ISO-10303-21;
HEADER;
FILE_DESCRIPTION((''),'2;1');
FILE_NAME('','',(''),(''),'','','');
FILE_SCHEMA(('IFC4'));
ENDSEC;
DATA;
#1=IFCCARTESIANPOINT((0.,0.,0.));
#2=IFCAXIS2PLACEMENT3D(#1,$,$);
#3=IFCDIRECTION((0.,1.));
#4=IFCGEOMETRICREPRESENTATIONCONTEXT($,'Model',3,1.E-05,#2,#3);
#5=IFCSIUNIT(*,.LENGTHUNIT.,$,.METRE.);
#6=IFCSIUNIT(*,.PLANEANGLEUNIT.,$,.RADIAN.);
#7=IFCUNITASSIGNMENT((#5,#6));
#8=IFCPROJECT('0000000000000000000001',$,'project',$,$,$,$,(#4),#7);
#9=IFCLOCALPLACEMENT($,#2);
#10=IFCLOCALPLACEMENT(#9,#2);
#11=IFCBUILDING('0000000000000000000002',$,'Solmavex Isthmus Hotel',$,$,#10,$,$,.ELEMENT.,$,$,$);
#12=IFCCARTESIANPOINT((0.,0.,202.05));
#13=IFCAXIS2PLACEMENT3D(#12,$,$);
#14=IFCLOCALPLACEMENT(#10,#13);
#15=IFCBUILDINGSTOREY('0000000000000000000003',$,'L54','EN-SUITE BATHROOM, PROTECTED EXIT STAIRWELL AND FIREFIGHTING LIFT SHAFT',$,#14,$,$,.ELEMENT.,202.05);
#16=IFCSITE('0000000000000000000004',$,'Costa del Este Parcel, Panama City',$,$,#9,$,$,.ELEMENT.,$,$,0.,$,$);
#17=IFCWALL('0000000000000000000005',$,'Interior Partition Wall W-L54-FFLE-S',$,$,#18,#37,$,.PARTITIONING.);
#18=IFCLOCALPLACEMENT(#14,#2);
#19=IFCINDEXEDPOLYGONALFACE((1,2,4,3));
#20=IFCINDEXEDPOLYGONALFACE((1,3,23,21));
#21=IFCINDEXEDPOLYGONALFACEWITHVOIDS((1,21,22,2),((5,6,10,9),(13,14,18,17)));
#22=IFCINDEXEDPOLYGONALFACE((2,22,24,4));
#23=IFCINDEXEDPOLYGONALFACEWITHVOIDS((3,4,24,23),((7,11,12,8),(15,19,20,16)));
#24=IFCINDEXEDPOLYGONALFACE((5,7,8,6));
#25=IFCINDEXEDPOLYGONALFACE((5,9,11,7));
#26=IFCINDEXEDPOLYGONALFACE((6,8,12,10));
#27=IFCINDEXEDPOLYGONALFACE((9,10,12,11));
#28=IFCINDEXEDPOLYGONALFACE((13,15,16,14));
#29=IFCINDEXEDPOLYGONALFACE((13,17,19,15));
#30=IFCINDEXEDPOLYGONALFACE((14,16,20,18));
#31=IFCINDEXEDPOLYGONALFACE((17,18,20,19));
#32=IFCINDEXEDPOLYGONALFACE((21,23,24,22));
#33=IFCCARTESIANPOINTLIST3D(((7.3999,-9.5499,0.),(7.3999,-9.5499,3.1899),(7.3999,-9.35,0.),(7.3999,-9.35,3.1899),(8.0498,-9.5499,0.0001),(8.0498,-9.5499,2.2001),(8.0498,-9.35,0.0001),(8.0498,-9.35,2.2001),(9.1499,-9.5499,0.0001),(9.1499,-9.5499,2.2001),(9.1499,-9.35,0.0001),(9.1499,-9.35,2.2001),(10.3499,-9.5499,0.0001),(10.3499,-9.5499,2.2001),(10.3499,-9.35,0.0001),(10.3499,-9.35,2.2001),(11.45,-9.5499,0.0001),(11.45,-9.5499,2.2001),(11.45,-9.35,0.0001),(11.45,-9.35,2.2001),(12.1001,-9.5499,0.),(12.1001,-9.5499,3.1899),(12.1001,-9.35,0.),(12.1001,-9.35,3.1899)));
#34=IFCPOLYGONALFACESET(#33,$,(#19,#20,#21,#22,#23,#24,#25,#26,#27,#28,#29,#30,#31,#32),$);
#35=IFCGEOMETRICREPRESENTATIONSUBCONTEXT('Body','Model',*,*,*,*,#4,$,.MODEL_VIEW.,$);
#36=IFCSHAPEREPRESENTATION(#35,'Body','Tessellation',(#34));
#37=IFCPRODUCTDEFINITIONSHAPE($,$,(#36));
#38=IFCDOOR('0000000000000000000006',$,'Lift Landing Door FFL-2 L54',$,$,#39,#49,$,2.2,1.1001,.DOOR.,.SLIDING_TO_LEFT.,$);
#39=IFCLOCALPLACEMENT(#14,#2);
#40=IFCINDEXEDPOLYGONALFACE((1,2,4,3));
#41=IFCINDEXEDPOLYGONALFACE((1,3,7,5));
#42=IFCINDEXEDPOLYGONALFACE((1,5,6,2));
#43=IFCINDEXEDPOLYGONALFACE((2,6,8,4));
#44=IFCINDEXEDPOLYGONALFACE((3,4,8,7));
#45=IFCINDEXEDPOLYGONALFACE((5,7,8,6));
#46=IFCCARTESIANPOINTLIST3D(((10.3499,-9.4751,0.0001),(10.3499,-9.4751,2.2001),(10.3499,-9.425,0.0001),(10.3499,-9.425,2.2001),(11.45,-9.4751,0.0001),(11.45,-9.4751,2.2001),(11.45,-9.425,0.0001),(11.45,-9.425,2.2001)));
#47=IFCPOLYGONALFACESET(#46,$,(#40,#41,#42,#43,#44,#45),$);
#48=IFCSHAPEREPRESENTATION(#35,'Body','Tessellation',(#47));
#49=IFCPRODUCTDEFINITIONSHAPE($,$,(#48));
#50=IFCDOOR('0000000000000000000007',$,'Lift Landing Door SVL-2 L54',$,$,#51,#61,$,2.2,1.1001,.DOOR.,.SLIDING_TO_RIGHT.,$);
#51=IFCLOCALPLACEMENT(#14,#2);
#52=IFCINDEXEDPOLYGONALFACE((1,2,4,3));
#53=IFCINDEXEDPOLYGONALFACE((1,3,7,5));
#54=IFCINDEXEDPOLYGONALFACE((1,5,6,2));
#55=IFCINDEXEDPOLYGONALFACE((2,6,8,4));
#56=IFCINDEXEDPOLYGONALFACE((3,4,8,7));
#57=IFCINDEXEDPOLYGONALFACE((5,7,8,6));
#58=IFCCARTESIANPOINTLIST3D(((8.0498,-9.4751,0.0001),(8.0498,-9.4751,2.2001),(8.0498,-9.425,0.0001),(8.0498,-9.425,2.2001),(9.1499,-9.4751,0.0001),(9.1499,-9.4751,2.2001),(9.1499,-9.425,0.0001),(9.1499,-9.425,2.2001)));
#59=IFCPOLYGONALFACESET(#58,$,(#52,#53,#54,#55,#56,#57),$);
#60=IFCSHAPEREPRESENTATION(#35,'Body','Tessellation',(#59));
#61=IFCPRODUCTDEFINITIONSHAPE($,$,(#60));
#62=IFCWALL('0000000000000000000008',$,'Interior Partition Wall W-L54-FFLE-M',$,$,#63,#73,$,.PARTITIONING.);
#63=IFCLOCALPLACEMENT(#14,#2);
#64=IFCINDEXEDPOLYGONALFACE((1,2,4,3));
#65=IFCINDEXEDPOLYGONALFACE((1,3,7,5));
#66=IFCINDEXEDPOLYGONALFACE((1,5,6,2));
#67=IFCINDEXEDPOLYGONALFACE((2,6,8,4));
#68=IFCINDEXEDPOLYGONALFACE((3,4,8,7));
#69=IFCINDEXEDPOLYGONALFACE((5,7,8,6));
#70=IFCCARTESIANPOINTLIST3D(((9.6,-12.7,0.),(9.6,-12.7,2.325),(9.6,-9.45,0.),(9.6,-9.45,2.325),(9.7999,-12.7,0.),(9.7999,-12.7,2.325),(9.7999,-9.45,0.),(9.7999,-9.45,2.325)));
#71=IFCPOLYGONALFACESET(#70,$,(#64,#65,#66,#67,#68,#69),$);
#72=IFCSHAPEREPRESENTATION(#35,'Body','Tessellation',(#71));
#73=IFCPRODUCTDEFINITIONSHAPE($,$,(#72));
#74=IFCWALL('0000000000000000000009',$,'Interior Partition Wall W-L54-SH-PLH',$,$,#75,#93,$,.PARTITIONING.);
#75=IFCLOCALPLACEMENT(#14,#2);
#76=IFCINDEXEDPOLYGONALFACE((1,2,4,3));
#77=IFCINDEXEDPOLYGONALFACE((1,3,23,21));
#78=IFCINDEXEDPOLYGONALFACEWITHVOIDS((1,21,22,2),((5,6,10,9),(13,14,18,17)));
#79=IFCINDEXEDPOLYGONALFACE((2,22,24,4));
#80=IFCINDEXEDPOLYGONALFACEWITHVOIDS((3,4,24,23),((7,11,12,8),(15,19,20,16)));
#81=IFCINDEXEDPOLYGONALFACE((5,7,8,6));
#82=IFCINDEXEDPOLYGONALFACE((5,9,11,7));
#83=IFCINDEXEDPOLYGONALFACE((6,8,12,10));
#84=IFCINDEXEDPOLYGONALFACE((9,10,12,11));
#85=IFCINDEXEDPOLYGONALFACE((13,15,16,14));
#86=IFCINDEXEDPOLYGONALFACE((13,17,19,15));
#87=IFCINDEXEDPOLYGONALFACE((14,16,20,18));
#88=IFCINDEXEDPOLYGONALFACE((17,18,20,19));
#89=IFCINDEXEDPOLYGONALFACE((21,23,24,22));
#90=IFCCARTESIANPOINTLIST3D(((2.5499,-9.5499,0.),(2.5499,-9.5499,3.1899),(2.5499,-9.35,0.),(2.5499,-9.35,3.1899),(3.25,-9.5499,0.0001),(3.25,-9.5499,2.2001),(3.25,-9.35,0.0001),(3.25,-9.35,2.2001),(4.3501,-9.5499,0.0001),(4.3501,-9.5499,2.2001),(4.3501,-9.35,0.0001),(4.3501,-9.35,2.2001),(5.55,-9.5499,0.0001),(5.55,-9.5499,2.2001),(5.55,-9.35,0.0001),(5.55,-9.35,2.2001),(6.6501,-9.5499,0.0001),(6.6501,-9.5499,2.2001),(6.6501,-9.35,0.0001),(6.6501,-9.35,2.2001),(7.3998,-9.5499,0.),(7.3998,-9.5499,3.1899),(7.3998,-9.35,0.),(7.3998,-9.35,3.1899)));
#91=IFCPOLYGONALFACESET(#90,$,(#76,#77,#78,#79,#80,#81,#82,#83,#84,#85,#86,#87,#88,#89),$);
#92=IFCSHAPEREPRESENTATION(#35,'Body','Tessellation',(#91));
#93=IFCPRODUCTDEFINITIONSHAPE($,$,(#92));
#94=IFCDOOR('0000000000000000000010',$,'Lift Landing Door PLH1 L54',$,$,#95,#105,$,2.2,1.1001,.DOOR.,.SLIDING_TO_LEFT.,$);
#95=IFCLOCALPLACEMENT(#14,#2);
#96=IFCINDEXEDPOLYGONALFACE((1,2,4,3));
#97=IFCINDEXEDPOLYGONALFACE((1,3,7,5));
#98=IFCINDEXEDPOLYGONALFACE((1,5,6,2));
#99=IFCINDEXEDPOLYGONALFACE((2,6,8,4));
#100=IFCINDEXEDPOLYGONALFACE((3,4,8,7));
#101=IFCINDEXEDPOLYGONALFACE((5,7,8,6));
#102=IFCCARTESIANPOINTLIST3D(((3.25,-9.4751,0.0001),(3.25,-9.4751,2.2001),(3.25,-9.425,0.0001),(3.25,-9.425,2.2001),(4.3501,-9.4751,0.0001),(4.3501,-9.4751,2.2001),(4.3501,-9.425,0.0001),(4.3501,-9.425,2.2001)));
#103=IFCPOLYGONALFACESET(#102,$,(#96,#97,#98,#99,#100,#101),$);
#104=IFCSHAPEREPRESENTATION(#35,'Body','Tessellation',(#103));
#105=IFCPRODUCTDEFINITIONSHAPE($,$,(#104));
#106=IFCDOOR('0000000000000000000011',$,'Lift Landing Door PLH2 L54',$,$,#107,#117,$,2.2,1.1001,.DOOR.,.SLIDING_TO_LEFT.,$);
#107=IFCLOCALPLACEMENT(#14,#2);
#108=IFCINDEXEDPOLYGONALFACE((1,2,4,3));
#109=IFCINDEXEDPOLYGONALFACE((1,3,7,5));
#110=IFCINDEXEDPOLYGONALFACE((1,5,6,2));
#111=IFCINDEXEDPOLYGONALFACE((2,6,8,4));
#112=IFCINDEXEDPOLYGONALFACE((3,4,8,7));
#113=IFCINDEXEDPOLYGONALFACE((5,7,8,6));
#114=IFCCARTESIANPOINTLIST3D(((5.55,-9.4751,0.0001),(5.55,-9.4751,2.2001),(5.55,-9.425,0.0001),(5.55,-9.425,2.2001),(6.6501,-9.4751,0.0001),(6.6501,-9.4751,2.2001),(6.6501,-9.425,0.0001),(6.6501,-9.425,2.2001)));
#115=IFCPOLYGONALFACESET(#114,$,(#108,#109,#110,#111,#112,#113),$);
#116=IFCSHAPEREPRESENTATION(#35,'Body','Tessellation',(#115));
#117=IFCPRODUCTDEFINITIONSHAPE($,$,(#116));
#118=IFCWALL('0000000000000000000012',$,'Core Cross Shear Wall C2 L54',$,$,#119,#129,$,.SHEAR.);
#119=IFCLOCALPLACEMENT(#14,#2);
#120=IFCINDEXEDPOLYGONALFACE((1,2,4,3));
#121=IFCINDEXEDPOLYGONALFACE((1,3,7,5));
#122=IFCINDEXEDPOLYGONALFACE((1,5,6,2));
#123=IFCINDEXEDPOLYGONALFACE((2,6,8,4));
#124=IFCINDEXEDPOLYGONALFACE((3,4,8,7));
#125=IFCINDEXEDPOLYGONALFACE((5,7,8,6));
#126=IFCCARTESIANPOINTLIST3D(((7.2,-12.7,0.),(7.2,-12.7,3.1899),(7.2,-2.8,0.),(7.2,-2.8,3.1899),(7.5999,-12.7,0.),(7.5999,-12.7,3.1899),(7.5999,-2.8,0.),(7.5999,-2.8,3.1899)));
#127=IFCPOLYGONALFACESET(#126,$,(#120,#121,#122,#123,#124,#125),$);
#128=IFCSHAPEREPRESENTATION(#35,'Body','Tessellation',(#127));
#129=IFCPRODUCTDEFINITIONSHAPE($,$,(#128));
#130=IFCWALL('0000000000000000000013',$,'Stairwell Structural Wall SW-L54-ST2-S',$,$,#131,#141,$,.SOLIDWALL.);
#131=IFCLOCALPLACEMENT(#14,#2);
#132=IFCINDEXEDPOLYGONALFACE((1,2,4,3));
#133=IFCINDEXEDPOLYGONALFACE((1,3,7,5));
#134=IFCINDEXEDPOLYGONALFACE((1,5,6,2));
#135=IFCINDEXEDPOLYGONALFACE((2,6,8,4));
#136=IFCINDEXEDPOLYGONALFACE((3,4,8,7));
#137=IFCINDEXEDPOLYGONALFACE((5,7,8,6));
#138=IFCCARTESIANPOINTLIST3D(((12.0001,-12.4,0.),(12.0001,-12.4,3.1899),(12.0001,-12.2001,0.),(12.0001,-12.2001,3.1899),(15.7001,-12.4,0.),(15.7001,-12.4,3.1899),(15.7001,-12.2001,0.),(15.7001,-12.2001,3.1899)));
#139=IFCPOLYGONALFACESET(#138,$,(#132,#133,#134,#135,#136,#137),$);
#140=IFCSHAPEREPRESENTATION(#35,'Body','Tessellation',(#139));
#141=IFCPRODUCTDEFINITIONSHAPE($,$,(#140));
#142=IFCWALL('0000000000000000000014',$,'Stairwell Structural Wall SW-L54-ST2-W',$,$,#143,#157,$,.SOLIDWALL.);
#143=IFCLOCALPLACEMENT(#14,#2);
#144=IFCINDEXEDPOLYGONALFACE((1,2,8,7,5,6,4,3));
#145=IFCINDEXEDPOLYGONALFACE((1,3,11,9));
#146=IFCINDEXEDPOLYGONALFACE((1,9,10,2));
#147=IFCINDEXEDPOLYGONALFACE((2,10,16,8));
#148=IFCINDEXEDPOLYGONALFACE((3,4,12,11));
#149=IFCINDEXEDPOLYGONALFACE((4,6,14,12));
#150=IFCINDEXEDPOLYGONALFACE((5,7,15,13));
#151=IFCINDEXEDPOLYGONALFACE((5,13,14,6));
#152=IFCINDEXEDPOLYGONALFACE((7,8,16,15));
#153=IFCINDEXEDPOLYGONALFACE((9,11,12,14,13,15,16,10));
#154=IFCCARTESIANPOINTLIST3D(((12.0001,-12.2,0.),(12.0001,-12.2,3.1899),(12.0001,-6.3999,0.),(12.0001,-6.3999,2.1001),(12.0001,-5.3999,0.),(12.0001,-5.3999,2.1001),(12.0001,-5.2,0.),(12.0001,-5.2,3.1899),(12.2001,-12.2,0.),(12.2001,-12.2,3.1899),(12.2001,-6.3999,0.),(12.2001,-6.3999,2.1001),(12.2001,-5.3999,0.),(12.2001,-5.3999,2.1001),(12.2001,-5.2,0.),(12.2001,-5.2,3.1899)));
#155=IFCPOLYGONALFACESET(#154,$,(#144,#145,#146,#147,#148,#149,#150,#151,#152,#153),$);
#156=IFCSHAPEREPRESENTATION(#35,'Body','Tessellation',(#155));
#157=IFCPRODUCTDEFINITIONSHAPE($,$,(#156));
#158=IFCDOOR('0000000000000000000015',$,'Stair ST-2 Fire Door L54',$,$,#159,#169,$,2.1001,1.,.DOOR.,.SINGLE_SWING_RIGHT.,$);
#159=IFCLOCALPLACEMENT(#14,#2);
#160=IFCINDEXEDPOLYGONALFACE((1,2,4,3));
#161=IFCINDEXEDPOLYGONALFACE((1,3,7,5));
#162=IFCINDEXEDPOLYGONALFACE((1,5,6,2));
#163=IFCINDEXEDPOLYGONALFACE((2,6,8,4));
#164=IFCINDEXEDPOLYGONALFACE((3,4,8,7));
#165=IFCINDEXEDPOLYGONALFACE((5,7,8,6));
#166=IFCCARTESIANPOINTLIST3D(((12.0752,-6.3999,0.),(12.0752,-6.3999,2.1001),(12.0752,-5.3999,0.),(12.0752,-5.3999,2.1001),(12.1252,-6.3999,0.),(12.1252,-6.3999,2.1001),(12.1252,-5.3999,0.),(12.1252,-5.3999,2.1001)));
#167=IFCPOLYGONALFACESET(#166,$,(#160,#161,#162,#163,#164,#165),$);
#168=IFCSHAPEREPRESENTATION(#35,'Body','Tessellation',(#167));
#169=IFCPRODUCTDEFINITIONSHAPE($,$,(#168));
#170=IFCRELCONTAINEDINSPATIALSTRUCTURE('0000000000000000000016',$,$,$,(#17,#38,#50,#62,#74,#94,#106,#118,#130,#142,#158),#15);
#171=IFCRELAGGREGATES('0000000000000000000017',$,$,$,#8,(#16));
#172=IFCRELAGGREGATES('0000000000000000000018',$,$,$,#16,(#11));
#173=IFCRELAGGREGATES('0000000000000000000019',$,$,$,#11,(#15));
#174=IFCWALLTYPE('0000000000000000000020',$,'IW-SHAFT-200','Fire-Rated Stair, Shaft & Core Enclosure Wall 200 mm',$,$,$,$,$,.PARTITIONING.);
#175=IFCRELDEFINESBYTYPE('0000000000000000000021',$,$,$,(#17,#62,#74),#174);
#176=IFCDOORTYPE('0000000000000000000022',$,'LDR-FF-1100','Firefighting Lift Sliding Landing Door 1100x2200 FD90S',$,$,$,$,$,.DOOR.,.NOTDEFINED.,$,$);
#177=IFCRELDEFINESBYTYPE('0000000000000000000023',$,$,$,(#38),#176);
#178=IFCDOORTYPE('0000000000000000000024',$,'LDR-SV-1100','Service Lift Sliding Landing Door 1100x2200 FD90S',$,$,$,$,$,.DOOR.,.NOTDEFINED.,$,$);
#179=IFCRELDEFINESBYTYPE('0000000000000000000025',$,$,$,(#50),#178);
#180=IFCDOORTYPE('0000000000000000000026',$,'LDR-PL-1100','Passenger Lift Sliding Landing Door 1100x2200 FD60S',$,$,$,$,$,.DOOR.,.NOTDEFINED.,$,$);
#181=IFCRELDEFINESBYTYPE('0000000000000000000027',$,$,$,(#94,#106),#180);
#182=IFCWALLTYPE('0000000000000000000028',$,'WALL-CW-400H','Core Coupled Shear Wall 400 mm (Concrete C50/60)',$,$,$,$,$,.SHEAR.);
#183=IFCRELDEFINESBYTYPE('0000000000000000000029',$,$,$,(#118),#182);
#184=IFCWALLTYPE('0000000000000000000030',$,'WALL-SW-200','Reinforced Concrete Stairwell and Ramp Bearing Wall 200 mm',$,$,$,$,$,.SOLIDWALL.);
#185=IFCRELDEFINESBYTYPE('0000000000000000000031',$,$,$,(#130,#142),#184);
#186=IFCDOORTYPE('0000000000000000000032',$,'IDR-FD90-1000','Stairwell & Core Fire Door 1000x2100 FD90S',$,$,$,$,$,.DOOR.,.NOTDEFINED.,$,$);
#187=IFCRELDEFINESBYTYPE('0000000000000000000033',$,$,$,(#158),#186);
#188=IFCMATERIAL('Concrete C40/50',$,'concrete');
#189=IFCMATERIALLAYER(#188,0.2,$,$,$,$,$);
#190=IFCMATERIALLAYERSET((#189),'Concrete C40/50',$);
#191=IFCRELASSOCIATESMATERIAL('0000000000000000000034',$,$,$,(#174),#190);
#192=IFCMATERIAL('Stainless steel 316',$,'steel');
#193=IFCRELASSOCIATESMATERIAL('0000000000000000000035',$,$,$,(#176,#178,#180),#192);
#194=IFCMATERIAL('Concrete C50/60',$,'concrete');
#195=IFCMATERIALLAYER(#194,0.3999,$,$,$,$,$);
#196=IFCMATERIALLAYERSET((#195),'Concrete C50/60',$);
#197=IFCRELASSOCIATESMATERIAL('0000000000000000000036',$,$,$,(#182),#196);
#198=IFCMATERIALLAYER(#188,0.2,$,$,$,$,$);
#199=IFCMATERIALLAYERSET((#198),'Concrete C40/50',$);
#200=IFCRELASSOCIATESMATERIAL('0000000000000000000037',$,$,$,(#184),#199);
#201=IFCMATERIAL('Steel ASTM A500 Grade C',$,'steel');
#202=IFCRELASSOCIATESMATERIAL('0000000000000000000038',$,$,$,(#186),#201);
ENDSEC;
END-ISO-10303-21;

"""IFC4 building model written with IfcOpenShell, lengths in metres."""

from ifc_helpers import new_model, si_unit, direction, frame, frame_2d, origin, place, context, subcontext, project, spatial, rectangle, extrude, material, layer, layer_set, type_object, element, fill, save


model = new_model("IFC4")

# Units and contexts
model_context = context("Model", 3, precision=1e-05, world=origin(), true_north=direction((0.0, 1.0)))
body_context = subcontext(model_context, "Body", "Model", "MODEL_VIEW")
ifc_project = project(units=[si_unit("LENGTHUNIT", "METRE"), si_unit("PLANEANGLEUNIT", "RADIAN")], contexts=[model_context])

# Site, building, storey
site_placement = place(None, origin())
site = spatial("IfcSite", under=ifc_project, at=site_placement, Name="Costa del Este Parcel, Panama City", CompositionType="ELEMENT", RefElevation=0.0)
building_placement = place(site_placement, origin())
building = spatial("IfcBuilding", under=site, at=building_placement, Name="Solmavex Isthmus Hotel", CompositionType="ELEMENT")
storey_placement = place(building_placement, frame((0.0, 0.0, 202.05)))
storey = spatial("IfcBuildingStorey", under=building, at=storey_placement, Name="L54", Description="EN-SUITE BATHROOM, PROTECTED EXIT STAIRWELL AND FIREFIGHTING LIFT SHAFT", CompositionType="ELEMENT", Elevation=202.05)

# Shared definitions
ifc_material_1 = material(Name="Concrete C50/60", Category="concrete")

# Shared definitions
ifc_material_2 = material(Name="Steel ASTM A500 Grade C", Category="steel")

# Shared definitions
ifc_material_3 = material(Name="Concrete C40/50", Category="concrete")

# Wall, openings, doors
ifc_layer_1 = layer(ifc_material_3, 0.2)
ifc_layer_set_1 = layer_set([ifc_layer_1], Name="Concrete C40/50")
wall_type_1 = type_object("IfcWallType", Name="IW-SHAFT-200", Description="Fire-Rated Stair, Shaft & Core Enclosure Wall 200 mm", PredefinedType="PARTITIONING", material=ifc_layer_set_1)
wall_1_placement = place(storey_placement, frame((7.3999, -9.45, 0.0), z_axis=(0.0, 0.0, 1.0), x_axis=(1.0, 0.0, 0.0)))
wall_1 = element("IfcWall", 1, at=wall_1_placement, inside=storey, type_object=wall_type_1, Name="Interior Partition Wall W-L54-FFLE-S", PredefinedType="PARTITIONING", context=body_context, shape_type="SweptSolid", body=[
    extrude(rectangle(XDim=4.7002, YDim=0.2, at=frame_2d((2.3501, 0.0))), origin(), (0.0, 0.0, 1.0), 3.1899),
])
opening_1_placement = place(wall_1_placement, frame((2.95, 0.0, 0.0)))
opening_1 = element("IfcOpeningElement", 2, at=opening_1_placement, cuts=wall_1, PredefinedType="OPENING", context=body_context, shape_type="SweptSolid", body=[
    extrude(rectangle(XDim=1.1001, YDim=2.2, at=frame_2d((0.55, 1.1001))), frame((0.0, 0.1099, 0.0), z_axis=(0.0, -1.0, 0.0), x_axis=(1.0, 0.0, 0.0)), (0.0, 0.0, 1.0), 0.22),
])
opening_2_placement = place(wall_1_placement, frame((0.6499, 0.0, 0.0)))
opening_2 = element("IfcOpeningElement", 3, at=opening_2_placement, cuts=wall_1, PredefinedType="OPENING", context=body_context, shape_type="SweptSolid", body=[
    extrude(rectangle(XDim=1.1001, YDim=2.2, at=frame_2d((0.55, 1.1001))), frame((0.0, 0.1099, 0.0), z_axis=(0.0, -1.0, 0.0), x_axis=(1.0, 0.0, 0.0)), (0.0, 0.0, 1.0), 0.22),
])
ifc_material_4 = material(Name="Stainless steel 316", Category="steel")
door_type_1 = type_object("IfcDoorType", Name="LDR-FF-1100", Description="Firefighting Lift Sliding Landing Door 1100x2200 FD90S", OperationType="NOTDEFINED", PredefinedType="DOOR", material=ifc_material_4)
door_1_placement = place(opening_1_placement, origin())
door_1 = element("IfcDoor", 4, at=door_1_placement, inside=storey, type_object=door_type_1, Name="Lift Landing Door FFL-2 L54", OperationType="SLIDING_TO_LEFT", OverallHeight=2.2, OverallWidth=1.1001, PredefinedType="DOOR", context=body_context, shape_type="SweptSolid", body=[
    extrude(rectangle(XDim=1.1001, YDim=2.2, at=frame_2d((0.55, 1.1001))), frame((0.0, 0.0249, 0.0), z_axis=(0.0, -1.0, 0.0), x_axis=(1.0, 0.0, 0.0)), (0.0, 0.0, 1.0), 0.05),
])
fill(opening_1, door_1)
door_type_2 = type_object("IfcDoorType", Name="LDR-SV-1100", Description="Service Lift Sliding Landing Door 1100x2200 FD90S", OperationType="NOTDEFINED", PredefinedType="DOOR", material=ifc_material_4)
door_2_placement = place(opening_2_placement, origin())
door_2 = element("IfcDoor", 5, at=door_2_placement, inside=storey, type_object=door_type_2, Name="Lift Landing Door SVL-2 L54", OperationType="SLIDING_TO_RIGHT", OverallHeight=2.2, OverallWidth=1.1001, PredefinedType="DOOR", context=body_context, shape_type="SweptSolid", body=[
    extrude(rectangle(XDim=1.1001, YDim=2.2, at=frame_2d((0.55, 1.1001))), frame((0.0, 0.0249, 0.0), z_axis=(0.0, -1.0, 0.0), x_axis=(1.0, 0.0, 0.0)), (0.0, 0.0, 1.0), 0.05),
])
fill(opening_2, door_2)

# Wall
wall_2_placement = place(storey_placement, frame((9.7, -12.7, 0.0), z_axis=(0.0, 0.0, 1.0), x_axis=(0.0, 1.0, 0.0)))
element("IfcWall", 6, at=wall_2_placement, inside=storey, type_object=wall_type_1, Name="Interior Partition Wall W-L54-FFLE-M", PredefinedType="PARTITIONING", context=body_context, shape_type="SweptSolid", body=[
    extrude(rectangle(XDim=3.25, YDim=0.2, at=frame_2d((1.625, 0.0))), origin(), (0.0, 0.0, 1.0), 2.325),
])

# Wall, openings, doors
wall_3_placement = place(storey_placement, frame((2.55, -9.45, 0.0), z_axis=(0.0, 0.0, 1.0), x_axis=(1.0, 0.0, 0.0)))
wall_3 = element("IfcWall", 7, at=wall_3_placement, inside=storey, type_object=wall_type_1, Name="Interior Partition Wall W-L54-SH-PLH", PredefinedType="PARTITIONING", context=body_context, shape_type="SweptSolid", body=[
    extrude(rectangle(XDim=4.8499, YDim=0.2, at=frame_2d((2.4248, 0.0))), origin(), (0.0, 0.0, 1.0), 3.1899),
])
opening_3_placement = place(wall_3_placement, frame((0.7, 0.0, 0.0)))
opening_3 = element("IfcOpeningElement", 8, at=opening_3_placement, cuts=wall_3, PredefinedType="OPENING", context=body_context, shape_type="SweptSolid", body=[
    extrude(rectangle(XDim=1.1001, YDim=2.2, at=frame_2d((0.55, 1.1001))), frame((0.0, 0.1099, 0.0), z_axis=(0.0, -1.0, 0.0), x_axis=(1.0, 0.0, 0.0)), (0.0, 0.0, 1.0), 0.22),
])
opening_4_placement = place(wall_3_placement, frame((3.0, 0.0, 0.0)))
opening_4 = element("IfcOpeningElement", 9, at=opening_4_placement, cuts=wall_3, PredefinedType="OPENING", context=body_context, shape_type="SweptSolid", body=[
    extrude(rectangle(XDim=1.1001, YDim=2.2, at=frame_2d((0.55, 1.1001))), frame((0.0, 0.1099, 0.0), z_axis=(0.0, -1.0, 0.0), x_axis=(1.0, 0.0, 0.0)), (0.0, 0.0, 1.0), 0.22),
])
door_type_3 = type_object("IfcDoorType", Name="LDR-PL-1100", Description="Passenger Lift Sliding Landing Door 1100x2200 FD60S", OperationType="NOTDEFINED", PredefinedType="DOOR", material=ifc_material_4)
door_3_placement = place(opening_3_placement, origin())
door_3 = element("IfcDoor", 10, at=door_3_placement, inside=storey, type_object=door_type_3, Name="Lift Landing Door PLH1 L54", OperationType="SLIDING_TO_LEFT", OverallHeight=2.2, OverallWidth=1.1001, PredefinedType="DOOR", context=body_context, shape_type="SweptSolid", body=[
    extrude(rectangle(XDim=1.1001, YDim=2.2, at=frame_2d((0.55, 1.1001))), frame((0.0, 0.0249, 0.0), z_axis=(0.0, -1.0, 0.0), x_axis=(1.0, 0.0, 0.0)), (0.0, 0.0, 1.0), 0.05),
])
fill(opening_3, door_3)
door_4_placement = place(opening_4_placement, origin())
door_4 = element("IfcDoor", 11, at=door_4_placement, inside=storey, type_object=door_type_3, Name="Lift Landing Door PLH2 L54", OperationType="SLIDING_TO_LEFT", OverallHeight=2.2, OverallWidth=1.1001, PredefinedType="DOOR", context=body_context, shape_type="SweptSolid", body=[
    extrude(rectangle(XDim=1.1001, YDim=2.2, at=frame_2d((0.55, 1.1001))), frame((0.0, 0.0249, 0.0), z_axis=(0.0, -1.0, 0.0), x_axis=(1.0, 0.0, 0.0)), (0.0, 0.0, 1.0), 0.05),
])
fill(opening_4, door_4)

# Walls
ifc_layer_2 = layer(ifc_material_1, 0.3999)
ifc_layer_set_2 = layer_set([ifc_layer_2], Name="Concrete C50/60")
wall_type_2 = type_object("IfcWallType", Name="WALL-CW-400H", Description="Core Coupled Shear Wall 400 mm (Concrete C50/60)", PredefinedType="SHEAR", material=ifc_layer_set_2)
wall_4_placement = place(storey_placement, frame((7.3999, -12.7, 0.0), z_axis=(0.0, 0.0, 1.0), x_axis=(0.0, 1.0, 0.0)))
element("IfcWall", 12, at=wall_4_placement, inside=storey, type_object=wall_type_2, Name="Core Cross Shear Wall C2 L54", PredefinedType="SHEAR", context=body_context, shape_type="SweptSolid", body=[
    extrude(rectangle(XDim=9.8999, YDim=0.3999, at=frame_2d((4.95, 0.0))), origin(), (0.0, 0.0, 1.0), 3.1899),
])
ifc_layer_3 = layer(ifc_material_3, 0.2)
ifc_layer_set_3 = layer_set([ifc_layer_3], Name="Concrete C40/50")
wall_type_3 = type_object("IfcWallType", Name="WALL-SW-200", Description="Reinforced Concrete Stairwell and Ramp Bearing Wall 200 mm", PredefinedType="SOLIDWALL", material=ifc_layer_set_3)
wall_5_placement = place(storey_placement, frame((12.0, -12.3, 0.0), z_axis=(0.0, 0.0, 1.0), x_axis=(1.0, 0.0, 0.0)))
element("IfcWall", 13, at=wall_5_placement, inside=storey, type_object=wall_type_3, Name="Stairwell Structural Wall SW-L54-ST2-S", PredefinedType="SOLIDWALL", context=body_context, shape_type="SweptSolid", body=[
    extrude(rectangle(XDim=3.7, YDim=0.2, at=frame_2d((1.8501, 0.0))), origin(), (0.0, 0.0, 1.0), 3.1899),
])

# Wall, opening, door
wall_6_placement = place(storey_placement, frame((12.1001, -12.2, 0.0), z_axis=(0.0, 0.0, 1.0), x_axis=(0.0, 1.0, 0.0)))
wall_6 = element("IfcWall", 14, at=wall_6_placement, inside=storey, type_object=wall_type_3, Name="Stairwell Structural Wall SW-L54-ST2-W", PredefinedType="SOLIDWALL", context=body_context, shape_type="SweptSolid", body=[
    extrude(rectangle(XDim=7.0, YDim=0.2, at=frame_2d((3.5, 0.0))), origin(), (0.0, 0.0, 1.0), 3.1899),
])
opening_5_placement = place(wall_6_placement, frame((5.8, 0.0, 0.0)))
opening_5 = element("IfcOpeningElement", 15, at=opening_5_placement, cuts=wall_6, PredefinedType="OPENING", context=body_context, shape_type="SweptSolid", body=[
    extrude(rectangle(XDim=1.0, YDim=2.1001, at=frame_2d((0.5, 1.05))), frame((0.0, 0.1099, 0.0), z_axis=(0.0, -1.0, 0.0), x_axis=(1.0, 0.0, 0.0)), (0.0, 0.0, 1.0), 0.22),
])
door_type_4 = type_object("IfcDoorType", Name="IDR-FD90-1000", Description="Stairwell & Core Fire Door 1000x2100 FD90S", OperationType="NOTDEFINED", PredefinedType="DOOR", material=ifc_material_2)
door_5_placement = place(opening_5_placement, origin())
door_5 = element("IfcDoor", 16, at=door_5_placement, inside=storey, type_object=door_type_4, Name="Stair ST-2 Fire Door L54", OperationType="SINGLE_SWING_RIGHT", OverallHeight=2.1001, OverallWidth=1.0, PredefinedType="DOOR", context=body_context, shape_type="SweptSolid", body=[
    extrude(rectangle(XDim=1.0, YDim=2.1001, at=frame_2d((0.5, 1.05))), frame((0.0, 0.0249, 0.0), z_axis=(0.0, -1.0, 0.0), x_axis=(1.0, 0.0, 0.0)), (0.0, 0.0, 1.0), 0.05),
])
fill(opening_5, door_5)

save(model, "model.ifc")
